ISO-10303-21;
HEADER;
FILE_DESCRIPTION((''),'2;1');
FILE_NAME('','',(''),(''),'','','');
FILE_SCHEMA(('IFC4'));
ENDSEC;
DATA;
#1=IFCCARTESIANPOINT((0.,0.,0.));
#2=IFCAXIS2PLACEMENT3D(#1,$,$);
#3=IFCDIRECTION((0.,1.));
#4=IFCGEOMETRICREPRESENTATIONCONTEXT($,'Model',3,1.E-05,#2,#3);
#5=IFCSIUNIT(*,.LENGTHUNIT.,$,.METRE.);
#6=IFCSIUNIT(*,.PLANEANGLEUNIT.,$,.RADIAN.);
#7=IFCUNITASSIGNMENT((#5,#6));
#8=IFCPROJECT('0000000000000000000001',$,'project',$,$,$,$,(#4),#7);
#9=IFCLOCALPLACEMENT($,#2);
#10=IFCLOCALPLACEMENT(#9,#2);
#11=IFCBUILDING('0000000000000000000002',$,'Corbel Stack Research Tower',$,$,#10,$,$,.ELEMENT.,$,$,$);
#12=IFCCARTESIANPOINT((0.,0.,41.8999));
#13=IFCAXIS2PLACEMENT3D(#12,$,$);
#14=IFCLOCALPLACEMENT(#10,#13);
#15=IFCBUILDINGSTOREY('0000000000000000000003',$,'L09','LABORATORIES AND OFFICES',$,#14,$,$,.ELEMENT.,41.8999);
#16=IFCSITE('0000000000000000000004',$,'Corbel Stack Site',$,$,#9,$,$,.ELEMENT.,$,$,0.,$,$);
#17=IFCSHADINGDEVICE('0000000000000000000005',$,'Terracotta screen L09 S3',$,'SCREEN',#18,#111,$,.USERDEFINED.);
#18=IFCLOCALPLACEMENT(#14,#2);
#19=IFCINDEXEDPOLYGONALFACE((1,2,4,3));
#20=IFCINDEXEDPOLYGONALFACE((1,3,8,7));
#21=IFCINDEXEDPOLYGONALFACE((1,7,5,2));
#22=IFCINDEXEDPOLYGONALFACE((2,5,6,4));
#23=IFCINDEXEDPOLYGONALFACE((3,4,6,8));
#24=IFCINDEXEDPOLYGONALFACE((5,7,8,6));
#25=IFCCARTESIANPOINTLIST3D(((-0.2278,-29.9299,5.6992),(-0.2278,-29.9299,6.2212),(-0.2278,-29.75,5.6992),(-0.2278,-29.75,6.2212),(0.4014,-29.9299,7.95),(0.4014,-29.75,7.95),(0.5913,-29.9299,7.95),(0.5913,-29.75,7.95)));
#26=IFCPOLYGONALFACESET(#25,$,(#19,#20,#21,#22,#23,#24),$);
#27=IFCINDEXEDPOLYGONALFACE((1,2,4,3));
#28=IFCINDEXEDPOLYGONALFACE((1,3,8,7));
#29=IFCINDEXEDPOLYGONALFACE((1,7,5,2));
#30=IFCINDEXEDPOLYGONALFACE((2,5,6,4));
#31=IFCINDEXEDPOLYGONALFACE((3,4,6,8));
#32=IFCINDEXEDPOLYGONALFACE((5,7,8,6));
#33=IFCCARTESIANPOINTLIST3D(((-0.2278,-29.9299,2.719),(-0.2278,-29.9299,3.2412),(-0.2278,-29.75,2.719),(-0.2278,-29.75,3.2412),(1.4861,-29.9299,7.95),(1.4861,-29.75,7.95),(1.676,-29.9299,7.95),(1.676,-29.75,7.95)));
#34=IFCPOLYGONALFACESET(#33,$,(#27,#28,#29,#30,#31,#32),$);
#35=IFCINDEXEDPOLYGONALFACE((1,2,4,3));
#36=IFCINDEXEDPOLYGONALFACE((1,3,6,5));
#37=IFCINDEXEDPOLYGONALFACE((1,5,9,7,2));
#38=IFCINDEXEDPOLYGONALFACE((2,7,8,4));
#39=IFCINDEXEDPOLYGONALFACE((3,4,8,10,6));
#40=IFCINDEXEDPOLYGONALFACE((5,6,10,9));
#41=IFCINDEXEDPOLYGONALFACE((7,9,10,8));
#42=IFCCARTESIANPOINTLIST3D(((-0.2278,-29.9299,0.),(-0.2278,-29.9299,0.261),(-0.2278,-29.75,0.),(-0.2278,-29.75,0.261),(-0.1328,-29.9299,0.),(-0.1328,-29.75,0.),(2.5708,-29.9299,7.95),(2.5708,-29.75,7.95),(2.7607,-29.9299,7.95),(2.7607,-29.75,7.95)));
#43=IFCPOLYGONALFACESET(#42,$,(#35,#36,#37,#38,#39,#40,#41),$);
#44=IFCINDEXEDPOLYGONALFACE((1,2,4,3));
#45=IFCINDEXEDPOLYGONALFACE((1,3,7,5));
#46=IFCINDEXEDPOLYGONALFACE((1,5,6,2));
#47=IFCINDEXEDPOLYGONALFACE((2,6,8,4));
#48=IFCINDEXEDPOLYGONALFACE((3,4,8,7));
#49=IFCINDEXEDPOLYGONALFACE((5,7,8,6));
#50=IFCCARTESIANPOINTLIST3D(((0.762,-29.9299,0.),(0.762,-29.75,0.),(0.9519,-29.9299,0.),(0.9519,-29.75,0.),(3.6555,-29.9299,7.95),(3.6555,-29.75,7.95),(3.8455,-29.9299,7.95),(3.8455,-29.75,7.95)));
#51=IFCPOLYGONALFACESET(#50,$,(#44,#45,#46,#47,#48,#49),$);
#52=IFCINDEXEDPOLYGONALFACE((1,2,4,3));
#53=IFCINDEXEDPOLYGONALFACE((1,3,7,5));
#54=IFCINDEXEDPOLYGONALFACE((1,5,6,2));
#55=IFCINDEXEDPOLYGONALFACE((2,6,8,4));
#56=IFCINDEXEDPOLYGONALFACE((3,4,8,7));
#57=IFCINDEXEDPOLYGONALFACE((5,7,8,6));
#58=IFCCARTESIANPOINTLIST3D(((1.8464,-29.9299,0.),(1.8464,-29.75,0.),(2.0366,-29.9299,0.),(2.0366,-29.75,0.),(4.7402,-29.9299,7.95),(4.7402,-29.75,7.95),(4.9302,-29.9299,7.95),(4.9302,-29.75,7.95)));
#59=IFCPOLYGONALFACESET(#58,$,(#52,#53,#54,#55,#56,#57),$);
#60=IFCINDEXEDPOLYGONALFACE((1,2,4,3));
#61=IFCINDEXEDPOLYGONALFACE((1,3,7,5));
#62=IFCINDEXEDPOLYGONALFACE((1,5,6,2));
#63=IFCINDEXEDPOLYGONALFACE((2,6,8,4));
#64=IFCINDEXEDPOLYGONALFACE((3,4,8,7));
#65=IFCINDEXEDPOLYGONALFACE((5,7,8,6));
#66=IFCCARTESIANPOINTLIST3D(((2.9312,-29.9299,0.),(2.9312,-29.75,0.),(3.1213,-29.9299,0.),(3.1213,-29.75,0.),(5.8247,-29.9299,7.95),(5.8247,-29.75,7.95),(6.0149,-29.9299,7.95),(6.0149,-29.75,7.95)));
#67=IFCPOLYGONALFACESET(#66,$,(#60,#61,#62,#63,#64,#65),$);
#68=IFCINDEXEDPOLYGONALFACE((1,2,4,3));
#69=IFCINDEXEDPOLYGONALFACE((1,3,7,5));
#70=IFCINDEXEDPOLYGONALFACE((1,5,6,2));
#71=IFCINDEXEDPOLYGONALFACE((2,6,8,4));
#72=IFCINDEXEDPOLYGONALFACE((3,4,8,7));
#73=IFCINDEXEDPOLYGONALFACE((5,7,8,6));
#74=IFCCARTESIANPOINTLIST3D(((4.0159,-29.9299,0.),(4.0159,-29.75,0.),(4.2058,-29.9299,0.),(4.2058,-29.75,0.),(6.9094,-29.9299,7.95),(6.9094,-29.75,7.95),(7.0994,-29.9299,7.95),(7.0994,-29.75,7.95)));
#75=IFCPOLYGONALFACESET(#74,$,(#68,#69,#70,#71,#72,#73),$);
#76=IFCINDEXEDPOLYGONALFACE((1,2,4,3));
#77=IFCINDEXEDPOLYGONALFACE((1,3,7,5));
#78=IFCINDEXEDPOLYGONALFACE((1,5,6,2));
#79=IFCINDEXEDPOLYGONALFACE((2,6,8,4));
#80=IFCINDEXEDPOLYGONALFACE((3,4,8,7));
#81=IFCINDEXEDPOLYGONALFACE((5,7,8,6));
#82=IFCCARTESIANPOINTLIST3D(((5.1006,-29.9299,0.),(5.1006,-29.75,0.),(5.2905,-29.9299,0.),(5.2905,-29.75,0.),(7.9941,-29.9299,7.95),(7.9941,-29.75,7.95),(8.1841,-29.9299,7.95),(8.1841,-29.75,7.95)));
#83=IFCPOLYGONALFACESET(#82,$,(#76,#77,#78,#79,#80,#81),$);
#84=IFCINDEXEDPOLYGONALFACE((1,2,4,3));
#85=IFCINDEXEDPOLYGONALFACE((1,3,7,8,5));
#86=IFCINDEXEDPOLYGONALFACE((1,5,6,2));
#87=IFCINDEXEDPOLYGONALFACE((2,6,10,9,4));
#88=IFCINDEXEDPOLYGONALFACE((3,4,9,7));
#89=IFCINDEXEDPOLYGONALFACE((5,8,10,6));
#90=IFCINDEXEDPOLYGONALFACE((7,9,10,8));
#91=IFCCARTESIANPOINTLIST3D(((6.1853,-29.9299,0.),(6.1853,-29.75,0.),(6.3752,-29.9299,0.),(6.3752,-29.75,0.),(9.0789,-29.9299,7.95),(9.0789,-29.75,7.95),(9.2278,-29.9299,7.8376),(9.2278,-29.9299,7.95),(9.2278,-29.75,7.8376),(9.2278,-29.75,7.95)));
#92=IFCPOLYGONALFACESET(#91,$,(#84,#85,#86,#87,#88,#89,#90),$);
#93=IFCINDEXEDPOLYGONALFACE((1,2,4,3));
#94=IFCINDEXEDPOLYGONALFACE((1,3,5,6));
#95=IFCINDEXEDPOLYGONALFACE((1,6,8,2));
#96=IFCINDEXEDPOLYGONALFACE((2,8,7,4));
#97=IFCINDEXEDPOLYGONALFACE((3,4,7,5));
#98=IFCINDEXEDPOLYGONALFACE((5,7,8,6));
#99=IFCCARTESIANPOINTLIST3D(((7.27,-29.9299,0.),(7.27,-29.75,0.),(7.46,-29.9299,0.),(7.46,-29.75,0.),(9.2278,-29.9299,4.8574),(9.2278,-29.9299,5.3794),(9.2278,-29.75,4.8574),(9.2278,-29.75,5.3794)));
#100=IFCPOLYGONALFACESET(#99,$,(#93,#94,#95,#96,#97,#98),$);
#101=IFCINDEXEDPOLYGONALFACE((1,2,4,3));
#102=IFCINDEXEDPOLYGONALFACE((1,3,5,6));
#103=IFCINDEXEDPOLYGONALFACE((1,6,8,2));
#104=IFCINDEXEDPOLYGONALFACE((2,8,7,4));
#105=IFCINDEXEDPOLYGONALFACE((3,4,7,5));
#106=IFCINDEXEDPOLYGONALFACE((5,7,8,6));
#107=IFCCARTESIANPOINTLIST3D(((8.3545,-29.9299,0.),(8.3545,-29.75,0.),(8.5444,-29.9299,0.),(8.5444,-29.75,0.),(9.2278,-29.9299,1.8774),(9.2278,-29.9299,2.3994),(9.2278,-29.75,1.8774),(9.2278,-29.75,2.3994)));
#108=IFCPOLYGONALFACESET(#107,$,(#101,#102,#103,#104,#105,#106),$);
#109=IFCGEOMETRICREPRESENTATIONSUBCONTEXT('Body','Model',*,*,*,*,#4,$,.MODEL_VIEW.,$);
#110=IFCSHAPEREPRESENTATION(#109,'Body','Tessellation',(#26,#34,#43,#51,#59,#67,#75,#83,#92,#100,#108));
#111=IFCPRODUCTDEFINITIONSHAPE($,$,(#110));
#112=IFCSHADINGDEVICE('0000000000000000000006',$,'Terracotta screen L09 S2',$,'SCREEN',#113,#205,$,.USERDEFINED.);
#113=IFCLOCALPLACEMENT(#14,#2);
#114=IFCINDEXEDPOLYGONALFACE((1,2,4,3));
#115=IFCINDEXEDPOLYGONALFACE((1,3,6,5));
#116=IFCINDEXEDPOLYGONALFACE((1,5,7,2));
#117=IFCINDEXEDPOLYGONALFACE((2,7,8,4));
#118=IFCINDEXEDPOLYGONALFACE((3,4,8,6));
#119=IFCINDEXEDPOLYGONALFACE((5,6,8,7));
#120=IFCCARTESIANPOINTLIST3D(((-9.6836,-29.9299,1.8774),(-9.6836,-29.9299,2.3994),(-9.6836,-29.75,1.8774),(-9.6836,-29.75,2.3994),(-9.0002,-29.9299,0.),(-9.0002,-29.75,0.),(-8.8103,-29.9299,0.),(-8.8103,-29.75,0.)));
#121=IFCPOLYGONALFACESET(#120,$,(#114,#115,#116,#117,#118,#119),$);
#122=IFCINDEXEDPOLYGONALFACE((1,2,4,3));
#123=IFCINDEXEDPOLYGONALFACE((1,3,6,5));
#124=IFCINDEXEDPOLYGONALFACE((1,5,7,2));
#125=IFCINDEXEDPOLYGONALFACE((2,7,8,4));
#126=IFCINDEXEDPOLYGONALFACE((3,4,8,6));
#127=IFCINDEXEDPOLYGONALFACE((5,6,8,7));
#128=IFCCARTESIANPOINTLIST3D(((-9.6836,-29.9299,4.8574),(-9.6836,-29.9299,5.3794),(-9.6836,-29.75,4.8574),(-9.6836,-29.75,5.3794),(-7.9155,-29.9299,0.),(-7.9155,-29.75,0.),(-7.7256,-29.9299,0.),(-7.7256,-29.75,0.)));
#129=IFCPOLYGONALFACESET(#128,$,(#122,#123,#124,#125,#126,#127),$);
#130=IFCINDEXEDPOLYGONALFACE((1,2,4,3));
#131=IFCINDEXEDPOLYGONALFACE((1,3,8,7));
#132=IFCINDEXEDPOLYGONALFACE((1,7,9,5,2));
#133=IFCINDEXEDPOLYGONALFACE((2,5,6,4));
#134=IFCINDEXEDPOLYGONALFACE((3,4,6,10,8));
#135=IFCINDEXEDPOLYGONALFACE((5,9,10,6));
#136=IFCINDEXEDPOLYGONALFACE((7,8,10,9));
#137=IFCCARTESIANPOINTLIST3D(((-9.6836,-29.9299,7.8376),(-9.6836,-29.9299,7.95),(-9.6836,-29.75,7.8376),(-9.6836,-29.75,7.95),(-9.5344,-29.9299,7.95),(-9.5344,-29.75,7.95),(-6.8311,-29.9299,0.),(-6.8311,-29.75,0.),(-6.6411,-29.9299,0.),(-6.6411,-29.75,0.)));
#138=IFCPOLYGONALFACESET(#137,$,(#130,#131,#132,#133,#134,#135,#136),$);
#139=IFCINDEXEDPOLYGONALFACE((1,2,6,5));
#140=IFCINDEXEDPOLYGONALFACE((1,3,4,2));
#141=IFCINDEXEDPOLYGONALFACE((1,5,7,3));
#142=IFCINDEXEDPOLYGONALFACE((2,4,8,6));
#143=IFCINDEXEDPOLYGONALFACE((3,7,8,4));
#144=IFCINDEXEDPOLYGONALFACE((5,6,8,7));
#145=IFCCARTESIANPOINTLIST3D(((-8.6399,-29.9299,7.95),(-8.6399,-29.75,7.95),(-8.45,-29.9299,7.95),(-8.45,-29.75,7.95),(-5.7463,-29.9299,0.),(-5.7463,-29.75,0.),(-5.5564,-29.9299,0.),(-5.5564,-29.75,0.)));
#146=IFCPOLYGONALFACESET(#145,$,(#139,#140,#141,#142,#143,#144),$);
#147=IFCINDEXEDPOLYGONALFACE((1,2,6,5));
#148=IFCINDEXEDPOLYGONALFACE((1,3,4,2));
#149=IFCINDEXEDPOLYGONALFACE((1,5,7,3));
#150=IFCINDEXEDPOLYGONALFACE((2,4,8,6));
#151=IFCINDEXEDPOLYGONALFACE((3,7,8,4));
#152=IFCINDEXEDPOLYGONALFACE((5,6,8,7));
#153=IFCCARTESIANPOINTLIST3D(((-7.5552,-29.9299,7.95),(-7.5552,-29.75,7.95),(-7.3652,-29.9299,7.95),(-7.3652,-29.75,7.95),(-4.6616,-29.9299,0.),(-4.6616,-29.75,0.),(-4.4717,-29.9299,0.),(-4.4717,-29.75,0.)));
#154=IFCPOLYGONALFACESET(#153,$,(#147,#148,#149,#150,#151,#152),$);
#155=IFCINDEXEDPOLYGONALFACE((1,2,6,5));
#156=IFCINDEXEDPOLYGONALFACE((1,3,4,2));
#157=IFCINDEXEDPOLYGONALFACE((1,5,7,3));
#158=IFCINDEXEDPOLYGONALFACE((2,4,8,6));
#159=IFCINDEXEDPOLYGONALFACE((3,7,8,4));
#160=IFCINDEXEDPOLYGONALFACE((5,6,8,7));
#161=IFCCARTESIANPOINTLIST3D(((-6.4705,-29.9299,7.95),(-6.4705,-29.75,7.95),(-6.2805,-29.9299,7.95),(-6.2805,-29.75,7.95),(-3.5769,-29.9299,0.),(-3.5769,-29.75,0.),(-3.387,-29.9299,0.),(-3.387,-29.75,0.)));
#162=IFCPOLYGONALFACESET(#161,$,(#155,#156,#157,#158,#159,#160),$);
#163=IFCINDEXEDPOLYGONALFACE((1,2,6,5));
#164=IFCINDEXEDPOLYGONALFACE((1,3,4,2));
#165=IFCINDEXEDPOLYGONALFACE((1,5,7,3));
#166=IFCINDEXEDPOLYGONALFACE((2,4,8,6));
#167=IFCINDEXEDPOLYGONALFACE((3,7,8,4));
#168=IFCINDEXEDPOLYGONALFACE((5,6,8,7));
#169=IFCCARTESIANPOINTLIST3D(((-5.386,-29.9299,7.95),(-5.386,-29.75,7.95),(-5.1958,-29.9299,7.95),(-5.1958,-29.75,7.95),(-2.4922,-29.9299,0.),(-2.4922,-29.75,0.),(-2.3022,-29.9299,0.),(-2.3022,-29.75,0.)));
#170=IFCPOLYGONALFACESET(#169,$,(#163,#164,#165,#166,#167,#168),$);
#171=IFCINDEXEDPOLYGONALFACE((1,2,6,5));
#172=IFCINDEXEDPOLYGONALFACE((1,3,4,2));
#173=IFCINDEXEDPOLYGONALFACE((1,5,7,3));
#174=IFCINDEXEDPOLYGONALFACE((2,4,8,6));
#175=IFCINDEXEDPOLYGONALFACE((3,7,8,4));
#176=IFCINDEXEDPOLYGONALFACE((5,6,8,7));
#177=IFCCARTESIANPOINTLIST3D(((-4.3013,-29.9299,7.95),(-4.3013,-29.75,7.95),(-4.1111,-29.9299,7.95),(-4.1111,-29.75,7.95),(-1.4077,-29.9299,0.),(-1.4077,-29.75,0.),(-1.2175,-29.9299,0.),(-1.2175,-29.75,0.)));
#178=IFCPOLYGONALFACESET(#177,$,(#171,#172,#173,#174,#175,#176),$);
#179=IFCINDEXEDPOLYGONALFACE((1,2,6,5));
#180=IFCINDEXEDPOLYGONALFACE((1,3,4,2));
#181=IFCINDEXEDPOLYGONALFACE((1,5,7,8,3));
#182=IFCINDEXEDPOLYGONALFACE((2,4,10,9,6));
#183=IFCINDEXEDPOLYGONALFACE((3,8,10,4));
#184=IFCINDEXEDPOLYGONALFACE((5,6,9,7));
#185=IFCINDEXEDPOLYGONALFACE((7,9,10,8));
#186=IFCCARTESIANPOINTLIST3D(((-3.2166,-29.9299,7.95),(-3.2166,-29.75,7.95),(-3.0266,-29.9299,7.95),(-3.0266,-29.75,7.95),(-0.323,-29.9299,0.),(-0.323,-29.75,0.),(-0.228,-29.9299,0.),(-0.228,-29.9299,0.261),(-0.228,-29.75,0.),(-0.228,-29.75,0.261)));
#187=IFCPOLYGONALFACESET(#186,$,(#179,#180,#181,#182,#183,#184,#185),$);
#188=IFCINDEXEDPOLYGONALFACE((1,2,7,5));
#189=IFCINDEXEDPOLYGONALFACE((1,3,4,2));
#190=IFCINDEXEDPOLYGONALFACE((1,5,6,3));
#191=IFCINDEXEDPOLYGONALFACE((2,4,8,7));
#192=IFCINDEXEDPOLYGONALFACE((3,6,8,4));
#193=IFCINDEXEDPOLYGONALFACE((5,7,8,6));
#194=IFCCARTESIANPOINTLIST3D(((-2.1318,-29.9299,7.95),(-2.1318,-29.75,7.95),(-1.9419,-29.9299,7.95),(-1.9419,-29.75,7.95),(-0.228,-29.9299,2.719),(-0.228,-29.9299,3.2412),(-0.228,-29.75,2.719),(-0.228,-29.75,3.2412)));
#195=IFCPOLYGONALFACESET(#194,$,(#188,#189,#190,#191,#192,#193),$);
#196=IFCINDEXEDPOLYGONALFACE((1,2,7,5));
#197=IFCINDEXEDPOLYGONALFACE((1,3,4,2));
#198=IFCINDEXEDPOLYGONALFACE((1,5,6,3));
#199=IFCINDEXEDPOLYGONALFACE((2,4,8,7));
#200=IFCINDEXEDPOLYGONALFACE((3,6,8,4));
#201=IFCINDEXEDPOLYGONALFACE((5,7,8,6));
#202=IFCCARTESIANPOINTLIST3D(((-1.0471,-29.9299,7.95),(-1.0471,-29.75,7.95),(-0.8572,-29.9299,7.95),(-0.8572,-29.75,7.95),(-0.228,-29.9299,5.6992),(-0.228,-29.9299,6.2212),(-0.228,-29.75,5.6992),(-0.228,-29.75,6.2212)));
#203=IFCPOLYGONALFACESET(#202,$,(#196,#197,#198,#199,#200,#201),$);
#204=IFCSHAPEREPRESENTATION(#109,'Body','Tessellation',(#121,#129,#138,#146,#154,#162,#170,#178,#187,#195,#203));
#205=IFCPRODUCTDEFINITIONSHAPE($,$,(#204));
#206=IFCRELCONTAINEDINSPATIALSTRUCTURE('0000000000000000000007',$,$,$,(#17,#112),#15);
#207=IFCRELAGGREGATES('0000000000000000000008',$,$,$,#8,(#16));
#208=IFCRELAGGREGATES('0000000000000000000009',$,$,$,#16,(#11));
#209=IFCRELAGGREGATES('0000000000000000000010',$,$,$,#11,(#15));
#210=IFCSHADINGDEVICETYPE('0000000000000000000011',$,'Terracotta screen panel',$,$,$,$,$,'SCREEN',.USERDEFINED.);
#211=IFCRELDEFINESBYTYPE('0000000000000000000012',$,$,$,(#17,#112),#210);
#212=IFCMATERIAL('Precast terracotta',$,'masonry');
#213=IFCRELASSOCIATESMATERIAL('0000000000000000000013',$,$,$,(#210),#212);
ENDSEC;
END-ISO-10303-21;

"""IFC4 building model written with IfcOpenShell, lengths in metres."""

from ifc_helpers import new_model, si_unit, direction, frame, origin, place, context, subcontext, project, spatial, polyline, outline, extrude, source, transform, mapped, material, type_object, element, save


model = new_model("IFC4")

# Units and contexts
model_context = context("Model", 3, precision=1e-05, world=origin(), true_north=direction((0.0, 1.0)))
body_context = subcontext(model_context, "Body", "Model", "MODEL_VIEW")
ifc_project = project(units=[si_unit("LENGTHUNIT", "METRE"), si_unit("PLANEANGLEUNIT", "RADIAN")], contexts=[model_context])

# Site, building, storey
site_placement = place(None, origin())
site = spatial("IfcSite", under=ifc_project, at=site_placement, Name="Corbel Stack Site", CompositionType="ELEMENT", RefElevation=0.0)
building_placement = place(site_placement, origin())
building = spatial("IfcBuilding", under=site, at=building_placement, Name="Corbel Stack Research Tower", CompositionType="ELEMENT")
storey_placement = place(building_placement, frame((0.0, 0.0, 41.8999)))
storey = spatial("IfcBuildingStorey", under=building, at=storey_placement, Name="L09", Description="LABORATORIES AND OFFICES", CompositionType="ELEMENT", Elevation=41.8999)

# Shading devices
ifc_material_1 = material(Name="Precast terracotta", Category="masonry")
shading_device_type = type_object("IfcShadingDeviceType", Name="Terracotta screen panel", ElementType="SCREEN", PredefinedType="USERDEFINED", material=ifc_material_1)
shared_shape_1 = source(origin(), body_context, "Body", "SweptSolid", [
    extrude(outline(polyline([(0.8191, 7.95), (0.6292, 7.95), (0.0, 6.2212), (0.0, 5.6992), (0.8191, 7.95)])), frame((0.0, 0.0, 0.0), z_axis=(0.0, -1.0, 0.0), x_axis=(1.0, 0.0, 0.0)), (0.0, 0.0, 1.0), 0.1799),
    extrude(outline(polyline([(1.9038, 7.95), (1.7139, 7.95), (0.0, 3.2412), (0.0, 2.719), (1.9038, 7.95)])), frame((0.0, 0.0, 0.0), z_axis=(0.0, -1.0, 0.0), x_axis=(1.0, 0.0, 0.0)), (0.0, 0.0, 1.0), 0.1799),
    extrude(outline(polyline([(0.095, 0.0), (2.9885, 7.95), (2.7986, 7.95), (0.0, 0.261), (0.0, 0.0), (0.095, 0.0)])), frame((0.0, 0.0, 0.0), z_axis=(0.0, -1.0, 0.0), x_axis=(1.0, 0.0, 0.0)), (0.0, 0.0, 1.0), 0.1799),
    extrude(outline(polyline([(1.1797, 0.0), (4.0732, 7.95), (3.8833, 7.95), (0.9897, 0.0), (1.1797, 0.0)])), frame((0.0, 0.0, 0.0), z_axis=(0.0, -1.0, 0.0), x_axis=(1.0, 0.0, 0.0)), (0.0, 0.0, 1.0), 0.1799),
    extrude(outline(polyline([(2.2644, 0.0), (5.158, 7.95), (4.968, 7.95), (2.0742, 0.0), (2.2644, 0.0)])), frame((0.0, 0.0, 0.0), z_axis=(0.0, -1.0, 0.0), x_axis=(1.0, 0.0, 0.0)), (0.0, 0.0, 1.0), 0.1799),
    extrude(outline(polyline([(3.3491, 0.0), (6.2427, 7.95), (6.0525, 7.95), (3.1589, 0.0), (3.3491, 0.0)])), frame((0.0, 0.0, 0.0), z_axis=(0.0, -1.0, 0.0), x_axis=(1.0, 0.0, 0.0)), (0.0, 0.0, 1.0), 0.1799),
    extrude(outline(polyline([(4.4336, 0.0), (7.3271, 7.95), (7.1372, 7.95), (4.2437, 0.0), (4.4336, 0.0)])), frame((0.0, 0.0, 0.0), z_axis=(0.0, -1.0, 0.0), x_axis=(1.0, 0.0, 0.0)), (0.0, 0.0, 1.0), 0.1799),
    extrude(outline(polyline([(5.5183, 0.0), (8.4119, 7.95), (8.2219, 7.95), (5.3284, 0.0), (5.5183, 0.0)])), frame((0.0, 0.0, 0.0), z_axis=(0.0, -1.0, 0.0), x_axis=(1.0, 0.0, 0.0)), (0.0, 0.0, 1.0), 0.1799),
    extrude(outline(polyline([(6.603, 0.0), (9.4556, 7.8376), (9.4556, 7.95), (9.3066, 7.95), (6.4131, 0.0), (6.603, 0.0)])), frame((0.0, 0.0, 0.0), z_axis=(0.0, -1.0, 0.0), x_axis=(1.0, 0.0, 0.0)), (0.0, 0.0, 1.0), 0.1799),
    extrude(outline(polyline([(7.6877, 0.0), (9.4556, 4.8574), (9.4556, 5.3794), (7.4978, 0.0), (7.6877, 0.0)])), frame((0.0, 0.0, 0.0), z_axis=(0.0, -1.0, 0.0), x_axis=(1.0, 0.0, 0.0)), (0.0, 0.0, 1.0), 0.1799),
    extrude(outline(polyline([(8.7722, 0.0), (9.4556, 1.8774), (9.4556, 2.3994), (8.5823, 0.0), (8.7722, 0.0)])), frame((0.0, 0.0, 0.0), z_axis=(0.0, -1.0, 0.0), x_axis=(1.0, 0.0, 0.0)), (0.0, 0.0, 1.0), 0.1799),
])
shading_device_1_placement = place(storey_placement, frame((-0.2278, -29.75, 0.0), z_axis=(0.0, 0.0, 1.0), x_axis=(1.0, 0.0, 0.0)))
element("IfcShadingDevice", 1, at=shading_device_1_placement, inside=storey, type_object=shading_device_type, Name="Terracotta screen L09 S3", ObjectType="SCREEN", PredefinedType="USERDEFINED", context=body_context, shape_type="MappedRepresentation", body=[
    mapped(shared_shape_1, transform((0.0, 0.0, 0.0))),
])
shared_shape_2 = source(origin(), body_context, "Body", "SweptSolid", [
    extrude(outline(polyline([(0.8733, 0.0), (0.0, 2.3994), (0.0, 1.8774), (0.6833, 0.0), (0.8733, 0.0)])), frame((0.0, 0.0, 0.0), z_axis=(0.0, -1.0, 0.0), x_axis=(1.0, 0.0, 0.0)), (0.0, 0.0, 1.0), 0.1799),
    extrude(outline(polyline([(1.958, 0.0), (0.0, 5.3794), (0.0, 4.8574), (1.7681, 0.0), (1.958, 0.0)])), frame((0.0, 0.0, 0.0), z_axis=(0.0, -1.0, 0.0), x_axis=(1.0, 0.0, 0.0)), (0.0, 0.0, 1.0), 0.1799),
    extrude(outline(polyline([(3.0425, 0.0), (0.1492, 7.95), (0.0, 7.95), (0.0, 7.8376), (2.8525, 0.0), (3.0425, 0.0)])), frame((0.0, 0.0, 0.0), z_axis=(0.0, -1.0, 0.0), x_axis=(1.0, 0.0, 0.0)), (0.0, 0.0, 1.0), 0.1799),
    extrude(outline(polyline([(4.1272, 0.0), (1.2336, 7.95), (1.0437, 7.95), (3.9373, 0.0), (4.1272, 0.0)])), frame((0.0, 0.0, 0.0), z_axis=(0.0, -1.0, 0.0), x_axis=(1.0, 0.0, 0.0)), (0.0, 0.0, 1.0), 0.1799),
    extrude(outline(polyline([(5.2119, 0.0), (2.3184, 7.95), (2.1284, 7.95), (5.022, 0.0), (5.2119, 0.0)])), frame((0.0, 0.0, 0.0), z_axis=(0.0, -1.0, 0.0), x_axis=(1.0, 0.0, 0.0)), (0.0, 0.0, 1.0), 0.1799),
    extrude(outline(polyline([(6.2966, 0.0), (3.4031, 7.95), (3.2131, 7.95), (6.1067, 0.0), (6.2966, 0.0)])), frame((0.0, 0.0, 0.0), z_axis=(0.0, -1.0, 0.0), x_axis=(1.0, 0.0, 0.0)), (0.0, 0.0, 1.0), 0.1799),
    extrude(outline(polyline([(7.3813, 0.0), (4.4878, 7.95), (4.2976, 7.95), (7.1914, 0.0), (7.3813, 0.0)])), frame((0.0, 0.0, 0.0), z_axis=(0.0, -1.0, 0.0), x_axis=(1.0, 0.0, 0.0)), (0.0, 0.0, 1.0), 0.1799),
    extrude(outline(polyline([(8.4661, 0.0), (5.5725, 7.95), (5.3823, 7.95), (8.2759, 0.0), (8.4661, 0.0)])), frame((0.0, 0.0, 0.0), z_axis=(0.0, -1.0, 0.0), x_axis=(1.0, 0.0, 0.0)), (0.0, 0.0, 1.0), 0.1799),
    extrude(outline(polyline([(9.4556, 0.0), (9.4556, 0.261), (6.657, 7.95), (6.467, 7.95), (9.3606, 0.0), (9.4556, 0.0)])), frame((0.0, 0.0, 0.0), z_axis=(0.0, -1.0, 0.0), x_axis=(1.0, 0.0, 0.0)), (0.0, 0.0, 1.0), 0.1799),
    extrude(outline(polyline([(7.7417, 7.95), (7.5518, 7.95), (9.4556, 2.719), (9.4556, 3.2412), (7.7417, 7.95)])), frame((0.0, 0.0, 0.0), z_axis=(0.0, -1.0, 0.0), x_axis=(1.0, 0.0, 0.0)), (0.0, 0.0, 1.0), 0.1799),
    extrude(outline(polyline([(8.8264, 7.95), (8.6365, 7.95), (9.4556, 5.6992), (9.4556, 6.2212), (8.8264, 7.95)])), frame((0.0, 0.0, 0.0), z_axis=(0.0, -1.0, 0.0), x_axis=(1.0, 0.0, 0.0)), (0.0, 0.0, 1.0), 0.1799),
])
shading_device_2_placement = place(storey_placement, frame((-9.6836, -29.75, 0.0), z_axis=(0.0, 0.0, 1.0), x_axis=(1.0, 0.0, 0.0)))
element("IfcShadingDevice", 2, at=shading_device_2_placement, inside=storey, type_object=shading_device_type, Name="Terracotta screen L09 S2", ObjectType="SCREEN", PredefinedType="USERDEFINED", context=body_context, shape_type="MappedRepresentation", body=[
    mapped(shared_shape_2, transform((0.0, 0.0, 0.0))),
])

save(model, "model.ifc")
